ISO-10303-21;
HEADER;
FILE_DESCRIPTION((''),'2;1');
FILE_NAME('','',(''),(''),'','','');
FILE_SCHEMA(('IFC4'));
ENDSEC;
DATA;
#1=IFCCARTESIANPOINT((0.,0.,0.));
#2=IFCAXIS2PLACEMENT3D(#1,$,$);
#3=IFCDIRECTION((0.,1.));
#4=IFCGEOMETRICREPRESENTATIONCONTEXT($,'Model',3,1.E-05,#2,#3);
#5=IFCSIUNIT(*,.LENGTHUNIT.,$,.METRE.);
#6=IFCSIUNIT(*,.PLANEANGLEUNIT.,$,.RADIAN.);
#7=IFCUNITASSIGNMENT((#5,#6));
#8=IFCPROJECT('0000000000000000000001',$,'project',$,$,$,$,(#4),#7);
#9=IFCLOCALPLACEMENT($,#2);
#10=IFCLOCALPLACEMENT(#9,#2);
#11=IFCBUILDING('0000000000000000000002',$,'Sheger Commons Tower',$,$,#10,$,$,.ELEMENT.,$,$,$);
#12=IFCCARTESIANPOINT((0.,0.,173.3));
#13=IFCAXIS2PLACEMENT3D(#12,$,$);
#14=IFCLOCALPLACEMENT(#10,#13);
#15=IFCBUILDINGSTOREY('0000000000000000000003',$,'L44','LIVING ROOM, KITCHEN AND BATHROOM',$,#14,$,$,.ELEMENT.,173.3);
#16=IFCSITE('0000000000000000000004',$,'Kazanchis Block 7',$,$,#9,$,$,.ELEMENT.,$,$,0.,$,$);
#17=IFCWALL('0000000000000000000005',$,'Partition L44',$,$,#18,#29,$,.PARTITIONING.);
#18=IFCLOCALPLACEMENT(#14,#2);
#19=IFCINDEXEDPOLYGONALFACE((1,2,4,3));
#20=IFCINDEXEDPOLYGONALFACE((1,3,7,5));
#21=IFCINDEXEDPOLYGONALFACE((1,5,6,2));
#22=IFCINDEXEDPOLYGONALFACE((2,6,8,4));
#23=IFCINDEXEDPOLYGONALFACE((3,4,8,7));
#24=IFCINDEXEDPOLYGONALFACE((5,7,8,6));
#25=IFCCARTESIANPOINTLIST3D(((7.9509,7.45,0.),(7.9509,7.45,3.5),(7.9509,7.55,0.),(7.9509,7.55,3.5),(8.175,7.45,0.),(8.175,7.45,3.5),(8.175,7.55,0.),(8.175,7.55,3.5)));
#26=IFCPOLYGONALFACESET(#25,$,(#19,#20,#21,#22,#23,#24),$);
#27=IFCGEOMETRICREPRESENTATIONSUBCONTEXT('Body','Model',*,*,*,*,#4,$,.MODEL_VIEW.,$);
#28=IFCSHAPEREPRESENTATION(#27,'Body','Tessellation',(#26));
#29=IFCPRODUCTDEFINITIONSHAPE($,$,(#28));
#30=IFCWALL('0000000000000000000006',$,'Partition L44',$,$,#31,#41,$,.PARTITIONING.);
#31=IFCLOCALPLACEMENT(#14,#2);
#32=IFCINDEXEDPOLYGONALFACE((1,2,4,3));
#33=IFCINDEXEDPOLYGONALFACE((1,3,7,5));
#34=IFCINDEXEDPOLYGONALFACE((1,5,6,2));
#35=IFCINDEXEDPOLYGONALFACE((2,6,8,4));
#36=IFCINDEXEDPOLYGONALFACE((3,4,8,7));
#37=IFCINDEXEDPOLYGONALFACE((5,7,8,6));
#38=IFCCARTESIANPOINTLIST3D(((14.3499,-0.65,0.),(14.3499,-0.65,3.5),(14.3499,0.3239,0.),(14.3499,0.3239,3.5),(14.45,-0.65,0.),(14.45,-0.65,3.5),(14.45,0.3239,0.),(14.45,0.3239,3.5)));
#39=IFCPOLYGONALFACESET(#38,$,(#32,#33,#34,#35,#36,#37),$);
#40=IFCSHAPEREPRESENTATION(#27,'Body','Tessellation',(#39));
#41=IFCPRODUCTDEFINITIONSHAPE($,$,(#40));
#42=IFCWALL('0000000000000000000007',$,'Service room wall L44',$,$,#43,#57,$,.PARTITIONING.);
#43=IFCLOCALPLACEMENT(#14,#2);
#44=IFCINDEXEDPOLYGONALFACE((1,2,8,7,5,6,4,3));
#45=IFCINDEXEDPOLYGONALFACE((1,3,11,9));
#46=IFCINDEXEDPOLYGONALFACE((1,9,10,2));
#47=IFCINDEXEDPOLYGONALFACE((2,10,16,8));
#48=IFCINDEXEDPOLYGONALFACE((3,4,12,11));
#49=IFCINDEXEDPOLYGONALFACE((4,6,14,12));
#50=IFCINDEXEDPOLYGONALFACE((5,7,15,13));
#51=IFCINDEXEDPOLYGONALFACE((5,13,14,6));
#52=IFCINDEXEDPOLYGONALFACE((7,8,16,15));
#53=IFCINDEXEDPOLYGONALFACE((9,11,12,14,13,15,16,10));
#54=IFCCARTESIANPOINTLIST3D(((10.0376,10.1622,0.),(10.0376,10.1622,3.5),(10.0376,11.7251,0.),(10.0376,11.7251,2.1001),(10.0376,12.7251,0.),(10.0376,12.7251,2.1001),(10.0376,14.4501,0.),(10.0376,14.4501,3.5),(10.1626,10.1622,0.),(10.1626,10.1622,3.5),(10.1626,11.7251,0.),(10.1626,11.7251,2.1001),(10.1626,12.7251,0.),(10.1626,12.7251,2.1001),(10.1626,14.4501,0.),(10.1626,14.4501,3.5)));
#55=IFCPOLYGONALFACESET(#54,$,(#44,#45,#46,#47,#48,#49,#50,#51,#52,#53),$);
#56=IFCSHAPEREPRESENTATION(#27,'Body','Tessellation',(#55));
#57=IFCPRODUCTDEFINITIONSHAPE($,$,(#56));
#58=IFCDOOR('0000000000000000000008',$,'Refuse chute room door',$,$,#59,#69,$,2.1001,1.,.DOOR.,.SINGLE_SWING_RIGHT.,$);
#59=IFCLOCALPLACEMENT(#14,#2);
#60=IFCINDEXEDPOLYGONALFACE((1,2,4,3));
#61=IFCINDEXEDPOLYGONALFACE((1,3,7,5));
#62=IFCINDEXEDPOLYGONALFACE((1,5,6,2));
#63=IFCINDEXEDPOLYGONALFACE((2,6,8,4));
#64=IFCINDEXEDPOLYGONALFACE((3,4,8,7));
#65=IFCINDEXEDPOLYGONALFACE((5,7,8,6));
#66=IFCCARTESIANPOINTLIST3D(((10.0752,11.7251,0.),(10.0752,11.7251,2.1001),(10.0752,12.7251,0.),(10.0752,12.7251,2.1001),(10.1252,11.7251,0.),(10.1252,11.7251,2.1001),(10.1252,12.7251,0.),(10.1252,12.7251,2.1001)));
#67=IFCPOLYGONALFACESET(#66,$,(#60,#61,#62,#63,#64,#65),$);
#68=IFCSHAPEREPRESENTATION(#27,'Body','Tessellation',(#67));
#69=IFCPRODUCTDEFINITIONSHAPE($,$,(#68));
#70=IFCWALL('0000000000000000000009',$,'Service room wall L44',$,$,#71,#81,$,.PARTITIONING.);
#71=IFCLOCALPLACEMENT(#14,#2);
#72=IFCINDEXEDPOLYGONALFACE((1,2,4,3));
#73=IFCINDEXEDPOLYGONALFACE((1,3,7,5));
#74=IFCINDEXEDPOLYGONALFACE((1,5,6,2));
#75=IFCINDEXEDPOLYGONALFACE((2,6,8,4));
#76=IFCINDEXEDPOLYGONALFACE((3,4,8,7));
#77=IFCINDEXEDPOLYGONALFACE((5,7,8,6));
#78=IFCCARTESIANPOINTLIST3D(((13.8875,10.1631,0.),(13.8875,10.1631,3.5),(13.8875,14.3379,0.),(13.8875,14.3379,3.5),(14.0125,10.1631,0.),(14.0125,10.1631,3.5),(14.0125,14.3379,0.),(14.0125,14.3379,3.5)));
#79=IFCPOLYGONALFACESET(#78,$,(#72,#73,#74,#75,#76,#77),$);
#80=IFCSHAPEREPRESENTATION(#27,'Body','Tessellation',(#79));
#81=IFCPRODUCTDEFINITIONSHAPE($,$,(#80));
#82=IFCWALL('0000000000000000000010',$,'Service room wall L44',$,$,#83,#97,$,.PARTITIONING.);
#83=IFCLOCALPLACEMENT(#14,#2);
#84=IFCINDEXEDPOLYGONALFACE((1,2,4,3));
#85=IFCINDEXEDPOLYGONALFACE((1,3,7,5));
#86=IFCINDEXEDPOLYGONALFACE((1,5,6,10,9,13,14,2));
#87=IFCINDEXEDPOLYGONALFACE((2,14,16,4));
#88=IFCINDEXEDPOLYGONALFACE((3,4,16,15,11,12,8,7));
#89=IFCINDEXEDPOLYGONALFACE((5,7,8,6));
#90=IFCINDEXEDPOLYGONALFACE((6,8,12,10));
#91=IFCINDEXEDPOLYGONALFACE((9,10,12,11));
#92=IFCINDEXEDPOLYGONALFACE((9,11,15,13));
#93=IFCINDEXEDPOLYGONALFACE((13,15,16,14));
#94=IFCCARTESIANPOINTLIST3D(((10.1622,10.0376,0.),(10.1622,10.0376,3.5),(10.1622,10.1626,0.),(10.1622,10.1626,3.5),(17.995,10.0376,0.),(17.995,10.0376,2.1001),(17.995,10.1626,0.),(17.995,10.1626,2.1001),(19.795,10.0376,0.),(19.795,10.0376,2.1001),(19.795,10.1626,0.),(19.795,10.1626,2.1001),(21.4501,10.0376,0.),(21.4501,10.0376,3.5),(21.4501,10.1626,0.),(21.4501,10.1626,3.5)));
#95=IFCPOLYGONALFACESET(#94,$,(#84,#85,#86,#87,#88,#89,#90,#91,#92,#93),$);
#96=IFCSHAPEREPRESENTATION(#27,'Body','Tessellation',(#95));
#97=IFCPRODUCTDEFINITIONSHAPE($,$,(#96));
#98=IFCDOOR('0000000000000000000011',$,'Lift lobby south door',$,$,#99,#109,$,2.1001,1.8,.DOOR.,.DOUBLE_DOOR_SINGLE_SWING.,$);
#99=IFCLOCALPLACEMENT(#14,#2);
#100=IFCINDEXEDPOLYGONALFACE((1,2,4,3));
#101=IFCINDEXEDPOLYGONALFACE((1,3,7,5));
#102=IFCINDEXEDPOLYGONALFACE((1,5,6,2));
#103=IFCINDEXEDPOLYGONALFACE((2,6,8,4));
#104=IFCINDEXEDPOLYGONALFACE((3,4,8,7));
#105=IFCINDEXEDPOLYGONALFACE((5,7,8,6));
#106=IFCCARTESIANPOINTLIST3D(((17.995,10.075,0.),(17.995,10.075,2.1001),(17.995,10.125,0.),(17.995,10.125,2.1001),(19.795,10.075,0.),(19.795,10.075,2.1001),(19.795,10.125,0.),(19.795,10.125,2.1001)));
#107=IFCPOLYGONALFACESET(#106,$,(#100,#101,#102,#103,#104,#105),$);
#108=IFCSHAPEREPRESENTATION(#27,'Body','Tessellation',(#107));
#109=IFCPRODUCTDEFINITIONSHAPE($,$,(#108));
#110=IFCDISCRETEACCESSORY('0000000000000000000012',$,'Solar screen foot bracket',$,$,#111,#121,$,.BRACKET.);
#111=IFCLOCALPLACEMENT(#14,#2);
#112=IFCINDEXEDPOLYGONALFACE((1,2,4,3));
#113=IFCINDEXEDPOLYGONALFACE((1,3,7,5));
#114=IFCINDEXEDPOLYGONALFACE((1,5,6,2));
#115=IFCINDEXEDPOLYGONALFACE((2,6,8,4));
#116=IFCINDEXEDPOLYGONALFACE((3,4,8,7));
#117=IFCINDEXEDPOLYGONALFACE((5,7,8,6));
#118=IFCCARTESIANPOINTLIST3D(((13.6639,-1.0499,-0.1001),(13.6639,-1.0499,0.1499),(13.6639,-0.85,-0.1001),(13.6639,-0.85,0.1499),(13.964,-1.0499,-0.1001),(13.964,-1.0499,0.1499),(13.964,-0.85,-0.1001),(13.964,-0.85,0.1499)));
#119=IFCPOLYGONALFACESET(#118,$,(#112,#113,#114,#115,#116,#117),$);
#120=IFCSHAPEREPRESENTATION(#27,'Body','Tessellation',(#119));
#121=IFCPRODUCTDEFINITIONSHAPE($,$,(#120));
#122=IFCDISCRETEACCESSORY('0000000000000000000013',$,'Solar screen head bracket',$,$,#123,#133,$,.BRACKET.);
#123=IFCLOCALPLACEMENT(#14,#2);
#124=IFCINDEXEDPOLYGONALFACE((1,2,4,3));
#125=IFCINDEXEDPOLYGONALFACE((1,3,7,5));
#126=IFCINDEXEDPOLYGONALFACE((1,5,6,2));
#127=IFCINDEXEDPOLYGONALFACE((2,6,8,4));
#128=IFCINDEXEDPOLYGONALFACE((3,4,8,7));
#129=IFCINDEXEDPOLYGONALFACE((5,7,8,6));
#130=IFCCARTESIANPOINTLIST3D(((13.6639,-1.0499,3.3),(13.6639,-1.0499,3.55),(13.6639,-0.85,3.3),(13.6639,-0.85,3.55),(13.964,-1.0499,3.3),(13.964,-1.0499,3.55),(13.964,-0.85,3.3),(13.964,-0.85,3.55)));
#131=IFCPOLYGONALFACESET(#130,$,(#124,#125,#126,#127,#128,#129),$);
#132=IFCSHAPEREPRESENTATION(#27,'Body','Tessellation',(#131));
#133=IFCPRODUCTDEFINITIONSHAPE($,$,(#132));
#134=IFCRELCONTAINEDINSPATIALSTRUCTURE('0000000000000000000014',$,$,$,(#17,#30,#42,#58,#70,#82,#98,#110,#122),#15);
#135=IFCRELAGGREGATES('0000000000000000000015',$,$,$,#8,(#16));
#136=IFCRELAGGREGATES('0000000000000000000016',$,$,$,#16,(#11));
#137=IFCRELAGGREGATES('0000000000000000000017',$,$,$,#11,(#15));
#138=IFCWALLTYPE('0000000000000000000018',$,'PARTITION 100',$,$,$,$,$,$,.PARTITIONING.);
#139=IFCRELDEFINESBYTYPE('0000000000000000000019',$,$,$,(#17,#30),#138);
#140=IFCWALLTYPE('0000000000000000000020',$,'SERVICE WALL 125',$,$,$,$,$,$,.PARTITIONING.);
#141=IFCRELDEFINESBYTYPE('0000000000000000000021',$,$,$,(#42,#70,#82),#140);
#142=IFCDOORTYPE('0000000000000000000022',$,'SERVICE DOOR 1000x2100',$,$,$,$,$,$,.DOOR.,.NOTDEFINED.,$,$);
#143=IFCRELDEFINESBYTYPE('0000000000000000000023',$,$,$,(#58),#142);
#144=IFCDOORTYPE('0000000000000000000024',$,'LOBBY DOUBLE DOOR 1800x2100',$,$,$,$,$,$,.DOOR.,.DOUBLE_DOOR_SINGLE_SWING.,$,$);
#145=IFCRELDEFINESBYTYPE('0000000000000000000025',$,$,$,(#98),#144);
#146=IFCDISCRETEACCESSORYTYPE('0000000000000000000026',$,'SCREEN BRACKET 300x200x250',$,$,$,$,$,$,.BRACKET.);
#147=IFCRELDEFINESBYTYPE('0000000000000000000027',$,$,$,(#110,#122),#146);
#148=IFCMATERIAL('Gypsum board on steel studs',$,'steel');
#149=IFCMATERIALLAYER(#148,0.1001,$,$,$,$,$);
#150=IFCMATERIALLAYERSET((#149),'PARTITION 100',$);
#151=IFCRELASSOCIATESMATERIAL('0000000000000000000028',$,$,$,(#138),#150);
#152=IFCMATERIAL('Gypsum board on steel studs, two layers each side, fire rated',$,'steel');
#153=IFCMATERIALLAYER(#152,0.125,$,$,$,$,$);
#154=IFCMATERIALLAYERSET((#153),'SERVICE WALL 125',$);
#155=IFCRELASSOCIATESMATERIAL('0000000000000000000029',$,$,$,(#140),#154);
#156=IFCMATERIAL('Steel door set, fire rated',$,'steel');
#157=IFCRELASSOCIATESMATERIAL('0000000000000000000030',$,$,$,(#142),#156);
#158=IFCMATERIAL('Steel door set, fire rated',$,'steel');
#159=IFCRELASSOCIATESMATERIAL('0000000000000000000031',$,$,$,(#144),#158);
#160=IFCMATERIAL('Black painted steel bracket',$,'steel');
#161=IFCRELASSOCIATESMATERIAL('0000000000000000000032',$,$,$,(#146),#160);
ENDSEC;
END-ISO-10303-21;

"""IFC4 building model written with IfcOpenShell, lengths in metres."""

from ifc_helpers import new_model, si_unit, direction, frame, frame_2d, origin, origin_2d, place, context, subcontext, project, spatial, rectangle, extrude, material, layer, layer_set, type_object, element, fill, save


model = new_model("IFC4")

# Units and contexts
model_context = context("Model", 3, precision=1e-05, world=origin(), true_north=direction((0.0, 1.0)))
body_context = subcontext(model_context, "Body", "Model", "MODEL_VIEW")
ifc_project = project(units=[si_unit("LENGTHUNIT", "METRE"), si_unit("PLANEANGLEUNIT", "RADIAN")], contexts=[model_context])

# Site, building, storey
site_placement = place(None, origin())
site = spatial("IfcSite", under=ifc_project, at=site_placement, Name="Kazanchis Block 7", CompositionType="ELEMENT", RefElevation=0.0)
building_placement = place(site_placement, origin())
building = spatial("IfcBuilding", under=site, at=building_placement, Name="Sheger Commons Tower", CompositionType="ELEMENT")
storey_placement = place(building_placement, frame((0.0, 0.0, 173.3)))
storey = spatial("IfcBuildingStorey", under=building, at=storey_placement, Name="L44", Description="LIVING ROOM, KITCHEN AND BATHROOM", CompositionType="ELEMENT", Elevation=173.3)

# Walls
ifc_material_1 = material(Name="Gypsum board on steel studs", Category="steel")
ifc_layer_1 = layer(ifc_material_1, 0.1001)
ifc_layer_set_1 = layer_set([ifc_layer_1], Name="PARTITION 100")
wall_type_1 = type_object("IfcWallType", Name="PARTITION 100", PredefinedType="PARTITIONING", material=ifc_layer_set_1)
wall_1_placement = place(storey_placement, frame((7.9509, 7.5, 0.0), z_axis=(0.0, 0.0, 1.0), x_axis=(1.0, 0.0, 0.0)))
element("IfcWall", 1, at=wall_1_placement, inside=storey, type_object=wall_type_1, Name="Partition L44", PredefinedType="PARTITIONING", context=body_context, shape_type="SweptSolid", body=[
    extrude(rectangle(XDim=0.2241, YDim=0.1001, at=frame_2d((0.1121, 0.0))), origin(), (0.0, 0.0, 1.0), 3.5),
])
wall_2_placement = place(storey_placement, frame((14.3999, -0.6499, 0.0), z_axis=(0.0, 0.0, 1.0), x_axis=(0.0, 1.0, 0.0)))
element("IfcWall", 2, at=wall_2_placement, inside=storey, type_object=wall_type_1, Name="Partition L44", PredefinedType="PARTITIONING", context=body_context, shape_type="SweptSolid", body=[
    extrude(rectangle(XDim=0.9739, YDim=0.1001, at=frame_2d((0.4868, 0.0))), origin(), (0.0, 0.0, 1.0), 3.5),
])

# Wall, opening, door
ifc_material_2 = material(Name="Gypsum board on steel studs, two layers each side, fire rated", Category="steel")
ifc_layer_2 = layer(ifc_material_2, 0.125)
ifc_layer_set_2 = layer_set([ifc_layer_2], Name="SERVICE WALL 125")
wall_type_2 = type_object("IfcWallType", Name="SERVICE WALL 125", PredefinedType="PARTITIONING", material=ifc_layer_set_2)
wall_3_placement = place(storey_placement, frame((10.1001, 10.1621, 0.0), z_axis=(0.0, 0.0, 1.0), x_axis=(0.0, 1.0, 0.0)))
wall_3 = element("IfcWall", 3, at=wall_3_placement, inside=storey, type_object=wall_type_2, Name="Service room wall L44", PredefinedType="PARTITIONING", context=body_context, shape_type="SweptSolid", body=[
    extrude(rectangle(XDim=4.2878, YDim=0.125, at=frame_2d((2.144, 0.0))), origin(), (0.0, 0.0, 1.0), 3.5),
])
opening_1_placement = place(wall_3_placement, frame((1.563, 0.0, 0.0)))
opening_1 = element("IfcOpeningElement", 4, at=opening_1_placement, cuts=wall_3, PredefinedType="OPENING", context=body_context, shape_type="SweptSolid", body=[
    extrude(rectangle(XDim=1.0, YDim=2.1001, at=frame_2d((0.5, 1.05))), frame((0.0, 0.0725, 0.0), z_axis=(0.0, -1.0, 0.0), x_axis=(1.0, 0.0, 0.0)), (0.0, 0.0, 1.0), 0.145),
])
ifc_material_3 = material(Name="Steel door set, fire rated", Category="steel")
door_type_1 = type_object("IfcDoorType", Name="SERVICE DOOR 1000x2100", OperationType="NOTDEFINED", PredefinedType="DOOR", material=ifc_material_3)
door_1_placement = place(opening_1_placement, origin())
door_1 = element("IfcDoor", 5, at=door_1_placement, inside=storey, type_object=door_type_1, Name="Refuse chute room door", OperationType="SINGLE_SWING_RIGHT", OverallHeight=2.1001, OverallWidth=1.0, PredefinedType="DOOR", context=body_context, shape_type="SweptSolid", body=[
    extrude(rectangle(XDim=1.0, YDim=2.1001, at=frame_2d((0.5, 1.05))), frame((0.0, 0.0249, 0.0), z_axis=(0.0, -1.0, 0.0), x_axis=(1.0, 0.0, 0.0)), (0.0, 0.0, 1.0), 0.05),
])
fill(opening_1, door_1)

# Wall
wall_4_placement = place(storey_placement, frame((13.95, 10.1631, 0.0), z_axis=(0.0, 0.0, 1.0), x_axis=(0.0, 1.0, 0.0)))
element("IfcWall", 6, at=wall_4_placement, inside=storey, type_object=wall_type_2, Name="Service room wall L44", PredefinedType="PARTITIONING", context=body_context, shape_type="SweptSolid", body=[
    extrude(rectangle(XDim=4.1748, YDim=0.125, at=frame_2d((2.0874, 0.0))), origin(), (0.0, 0.0, 1.0), 3.5),
])

# Wall, opening, door
wall_5_placement = place(storey_placement, frame((10.1621, 10.1001, 0.0), z_axis=(0.0, 0.0, 1.0), x_axis=(1.0, 0.0, 0.0)))
wall_5 = element("IfcWall", 7, at=wall_5_placement, inside=storey, type_object=wall_type_2, Name="Service room wall L44", PredefinedType="PARTITIONING", context=body_context, shape_type="SweptSolid", body=[
    extrude(rectangle(XDim=11.2878, YDim=0.125, at=frame_2d((5.644, 0.0))), origin(), (0.0, 0.0, 1.0), 3.5),
])
opening_2_placement = place(wall_5_placement, frame((7.833, 0.0, 0.0)))
opening_2 = element("IfcOpeningElement", 8, at=opening_2_placement, cuts=wall_5, PredefinedType="OPENING", context=body_context, shape_type="SweptSolid", body=[
    extrude(rectangle(XDim=1.8, YDim=2.1001, at=frame_2d((0.8999, 1.05))), frame((0.0, 0.0725, 0.0), z_axis=(0.0, -1.0, 0.0), x_axis=(1.0, 0.0, 0.0)), (0.0, 0.0, 1.0), 0.145),
])
ifc_material_4 = material(Name="Steel door set, fire rated", Category="steel")
door_type_2 = type_object("IfcDoorType", Name="LOBBY DOUBLE DOOR 1800x2100", OperationType="DOUBLE_DOOR_SINGLE_SWING", PredefinedType="DOOR", material=ifc_material_4)
door_2_placement = place(opening_2_placement, origin())
door_2 = element("IfcDoor", 9, at=door_2_placement, inside=storey, type_object=door_type_2, Name="Lift lobby south door", OperationType="DOUBLE_DOOR_SINGLE_SWING", OverallHeight=2.1001, OverallWidth=1.8, PredefinedType="DOOR", context=body_context, shape_type="SweptSolid", body=[
    extrude(rectangle(XDim=1.8, YDim=2.1001, at=frame_2d((0.8999, 1.05))), frame((0.0, 0.0249, 0.0), z_axis=(0.0, -1.0, 0.0), x_axis=(1.0, 0.0, 0.0)), (0.0, 0.0, 1.0), 0.05),
])
fill(opening_2, door_2)

# Discrete accessories
ifc_material_5 = material(Name="Black painted steel bracket", Category="steel")
discrete_accessory_type = type_object("IfcDiscreteAccessoryType", Name="SCREEN BRACKET 300x200x250", PredefinedType="BRACKET", material=ifc_material_5)
for number, where, z_axis, x_axis, name in (
    (10, (13.814, -0.95, -0.1001), (0.0, 0.0, 1.0), (1.0, 0.0, 0.0), "Solar screen foot bracket"),
    (11, (13.814, -0.95, 3.3), (0.0, 0.0, 1.0), (1.0, 0.0, 0.0), "Solar screen head bracket"),
):
    element("IfcDiscreteAccessory", number, at=place(storey_placement, frame(where, z_axis=z_axis, x_axis=x_axis)), inside=storey, type_object=discrete_accessory_type, Name=name, PredefinedType="BRACKET", context=body_context, shape_type="SweptSolid", body=[
        extrude(rectangle(XDim=0.3, YDim=0.2, at=origin_2d()), origin(), (0.0, 0.0, 1.0), 0.25),
    ])

save(model, "model.ifc")
